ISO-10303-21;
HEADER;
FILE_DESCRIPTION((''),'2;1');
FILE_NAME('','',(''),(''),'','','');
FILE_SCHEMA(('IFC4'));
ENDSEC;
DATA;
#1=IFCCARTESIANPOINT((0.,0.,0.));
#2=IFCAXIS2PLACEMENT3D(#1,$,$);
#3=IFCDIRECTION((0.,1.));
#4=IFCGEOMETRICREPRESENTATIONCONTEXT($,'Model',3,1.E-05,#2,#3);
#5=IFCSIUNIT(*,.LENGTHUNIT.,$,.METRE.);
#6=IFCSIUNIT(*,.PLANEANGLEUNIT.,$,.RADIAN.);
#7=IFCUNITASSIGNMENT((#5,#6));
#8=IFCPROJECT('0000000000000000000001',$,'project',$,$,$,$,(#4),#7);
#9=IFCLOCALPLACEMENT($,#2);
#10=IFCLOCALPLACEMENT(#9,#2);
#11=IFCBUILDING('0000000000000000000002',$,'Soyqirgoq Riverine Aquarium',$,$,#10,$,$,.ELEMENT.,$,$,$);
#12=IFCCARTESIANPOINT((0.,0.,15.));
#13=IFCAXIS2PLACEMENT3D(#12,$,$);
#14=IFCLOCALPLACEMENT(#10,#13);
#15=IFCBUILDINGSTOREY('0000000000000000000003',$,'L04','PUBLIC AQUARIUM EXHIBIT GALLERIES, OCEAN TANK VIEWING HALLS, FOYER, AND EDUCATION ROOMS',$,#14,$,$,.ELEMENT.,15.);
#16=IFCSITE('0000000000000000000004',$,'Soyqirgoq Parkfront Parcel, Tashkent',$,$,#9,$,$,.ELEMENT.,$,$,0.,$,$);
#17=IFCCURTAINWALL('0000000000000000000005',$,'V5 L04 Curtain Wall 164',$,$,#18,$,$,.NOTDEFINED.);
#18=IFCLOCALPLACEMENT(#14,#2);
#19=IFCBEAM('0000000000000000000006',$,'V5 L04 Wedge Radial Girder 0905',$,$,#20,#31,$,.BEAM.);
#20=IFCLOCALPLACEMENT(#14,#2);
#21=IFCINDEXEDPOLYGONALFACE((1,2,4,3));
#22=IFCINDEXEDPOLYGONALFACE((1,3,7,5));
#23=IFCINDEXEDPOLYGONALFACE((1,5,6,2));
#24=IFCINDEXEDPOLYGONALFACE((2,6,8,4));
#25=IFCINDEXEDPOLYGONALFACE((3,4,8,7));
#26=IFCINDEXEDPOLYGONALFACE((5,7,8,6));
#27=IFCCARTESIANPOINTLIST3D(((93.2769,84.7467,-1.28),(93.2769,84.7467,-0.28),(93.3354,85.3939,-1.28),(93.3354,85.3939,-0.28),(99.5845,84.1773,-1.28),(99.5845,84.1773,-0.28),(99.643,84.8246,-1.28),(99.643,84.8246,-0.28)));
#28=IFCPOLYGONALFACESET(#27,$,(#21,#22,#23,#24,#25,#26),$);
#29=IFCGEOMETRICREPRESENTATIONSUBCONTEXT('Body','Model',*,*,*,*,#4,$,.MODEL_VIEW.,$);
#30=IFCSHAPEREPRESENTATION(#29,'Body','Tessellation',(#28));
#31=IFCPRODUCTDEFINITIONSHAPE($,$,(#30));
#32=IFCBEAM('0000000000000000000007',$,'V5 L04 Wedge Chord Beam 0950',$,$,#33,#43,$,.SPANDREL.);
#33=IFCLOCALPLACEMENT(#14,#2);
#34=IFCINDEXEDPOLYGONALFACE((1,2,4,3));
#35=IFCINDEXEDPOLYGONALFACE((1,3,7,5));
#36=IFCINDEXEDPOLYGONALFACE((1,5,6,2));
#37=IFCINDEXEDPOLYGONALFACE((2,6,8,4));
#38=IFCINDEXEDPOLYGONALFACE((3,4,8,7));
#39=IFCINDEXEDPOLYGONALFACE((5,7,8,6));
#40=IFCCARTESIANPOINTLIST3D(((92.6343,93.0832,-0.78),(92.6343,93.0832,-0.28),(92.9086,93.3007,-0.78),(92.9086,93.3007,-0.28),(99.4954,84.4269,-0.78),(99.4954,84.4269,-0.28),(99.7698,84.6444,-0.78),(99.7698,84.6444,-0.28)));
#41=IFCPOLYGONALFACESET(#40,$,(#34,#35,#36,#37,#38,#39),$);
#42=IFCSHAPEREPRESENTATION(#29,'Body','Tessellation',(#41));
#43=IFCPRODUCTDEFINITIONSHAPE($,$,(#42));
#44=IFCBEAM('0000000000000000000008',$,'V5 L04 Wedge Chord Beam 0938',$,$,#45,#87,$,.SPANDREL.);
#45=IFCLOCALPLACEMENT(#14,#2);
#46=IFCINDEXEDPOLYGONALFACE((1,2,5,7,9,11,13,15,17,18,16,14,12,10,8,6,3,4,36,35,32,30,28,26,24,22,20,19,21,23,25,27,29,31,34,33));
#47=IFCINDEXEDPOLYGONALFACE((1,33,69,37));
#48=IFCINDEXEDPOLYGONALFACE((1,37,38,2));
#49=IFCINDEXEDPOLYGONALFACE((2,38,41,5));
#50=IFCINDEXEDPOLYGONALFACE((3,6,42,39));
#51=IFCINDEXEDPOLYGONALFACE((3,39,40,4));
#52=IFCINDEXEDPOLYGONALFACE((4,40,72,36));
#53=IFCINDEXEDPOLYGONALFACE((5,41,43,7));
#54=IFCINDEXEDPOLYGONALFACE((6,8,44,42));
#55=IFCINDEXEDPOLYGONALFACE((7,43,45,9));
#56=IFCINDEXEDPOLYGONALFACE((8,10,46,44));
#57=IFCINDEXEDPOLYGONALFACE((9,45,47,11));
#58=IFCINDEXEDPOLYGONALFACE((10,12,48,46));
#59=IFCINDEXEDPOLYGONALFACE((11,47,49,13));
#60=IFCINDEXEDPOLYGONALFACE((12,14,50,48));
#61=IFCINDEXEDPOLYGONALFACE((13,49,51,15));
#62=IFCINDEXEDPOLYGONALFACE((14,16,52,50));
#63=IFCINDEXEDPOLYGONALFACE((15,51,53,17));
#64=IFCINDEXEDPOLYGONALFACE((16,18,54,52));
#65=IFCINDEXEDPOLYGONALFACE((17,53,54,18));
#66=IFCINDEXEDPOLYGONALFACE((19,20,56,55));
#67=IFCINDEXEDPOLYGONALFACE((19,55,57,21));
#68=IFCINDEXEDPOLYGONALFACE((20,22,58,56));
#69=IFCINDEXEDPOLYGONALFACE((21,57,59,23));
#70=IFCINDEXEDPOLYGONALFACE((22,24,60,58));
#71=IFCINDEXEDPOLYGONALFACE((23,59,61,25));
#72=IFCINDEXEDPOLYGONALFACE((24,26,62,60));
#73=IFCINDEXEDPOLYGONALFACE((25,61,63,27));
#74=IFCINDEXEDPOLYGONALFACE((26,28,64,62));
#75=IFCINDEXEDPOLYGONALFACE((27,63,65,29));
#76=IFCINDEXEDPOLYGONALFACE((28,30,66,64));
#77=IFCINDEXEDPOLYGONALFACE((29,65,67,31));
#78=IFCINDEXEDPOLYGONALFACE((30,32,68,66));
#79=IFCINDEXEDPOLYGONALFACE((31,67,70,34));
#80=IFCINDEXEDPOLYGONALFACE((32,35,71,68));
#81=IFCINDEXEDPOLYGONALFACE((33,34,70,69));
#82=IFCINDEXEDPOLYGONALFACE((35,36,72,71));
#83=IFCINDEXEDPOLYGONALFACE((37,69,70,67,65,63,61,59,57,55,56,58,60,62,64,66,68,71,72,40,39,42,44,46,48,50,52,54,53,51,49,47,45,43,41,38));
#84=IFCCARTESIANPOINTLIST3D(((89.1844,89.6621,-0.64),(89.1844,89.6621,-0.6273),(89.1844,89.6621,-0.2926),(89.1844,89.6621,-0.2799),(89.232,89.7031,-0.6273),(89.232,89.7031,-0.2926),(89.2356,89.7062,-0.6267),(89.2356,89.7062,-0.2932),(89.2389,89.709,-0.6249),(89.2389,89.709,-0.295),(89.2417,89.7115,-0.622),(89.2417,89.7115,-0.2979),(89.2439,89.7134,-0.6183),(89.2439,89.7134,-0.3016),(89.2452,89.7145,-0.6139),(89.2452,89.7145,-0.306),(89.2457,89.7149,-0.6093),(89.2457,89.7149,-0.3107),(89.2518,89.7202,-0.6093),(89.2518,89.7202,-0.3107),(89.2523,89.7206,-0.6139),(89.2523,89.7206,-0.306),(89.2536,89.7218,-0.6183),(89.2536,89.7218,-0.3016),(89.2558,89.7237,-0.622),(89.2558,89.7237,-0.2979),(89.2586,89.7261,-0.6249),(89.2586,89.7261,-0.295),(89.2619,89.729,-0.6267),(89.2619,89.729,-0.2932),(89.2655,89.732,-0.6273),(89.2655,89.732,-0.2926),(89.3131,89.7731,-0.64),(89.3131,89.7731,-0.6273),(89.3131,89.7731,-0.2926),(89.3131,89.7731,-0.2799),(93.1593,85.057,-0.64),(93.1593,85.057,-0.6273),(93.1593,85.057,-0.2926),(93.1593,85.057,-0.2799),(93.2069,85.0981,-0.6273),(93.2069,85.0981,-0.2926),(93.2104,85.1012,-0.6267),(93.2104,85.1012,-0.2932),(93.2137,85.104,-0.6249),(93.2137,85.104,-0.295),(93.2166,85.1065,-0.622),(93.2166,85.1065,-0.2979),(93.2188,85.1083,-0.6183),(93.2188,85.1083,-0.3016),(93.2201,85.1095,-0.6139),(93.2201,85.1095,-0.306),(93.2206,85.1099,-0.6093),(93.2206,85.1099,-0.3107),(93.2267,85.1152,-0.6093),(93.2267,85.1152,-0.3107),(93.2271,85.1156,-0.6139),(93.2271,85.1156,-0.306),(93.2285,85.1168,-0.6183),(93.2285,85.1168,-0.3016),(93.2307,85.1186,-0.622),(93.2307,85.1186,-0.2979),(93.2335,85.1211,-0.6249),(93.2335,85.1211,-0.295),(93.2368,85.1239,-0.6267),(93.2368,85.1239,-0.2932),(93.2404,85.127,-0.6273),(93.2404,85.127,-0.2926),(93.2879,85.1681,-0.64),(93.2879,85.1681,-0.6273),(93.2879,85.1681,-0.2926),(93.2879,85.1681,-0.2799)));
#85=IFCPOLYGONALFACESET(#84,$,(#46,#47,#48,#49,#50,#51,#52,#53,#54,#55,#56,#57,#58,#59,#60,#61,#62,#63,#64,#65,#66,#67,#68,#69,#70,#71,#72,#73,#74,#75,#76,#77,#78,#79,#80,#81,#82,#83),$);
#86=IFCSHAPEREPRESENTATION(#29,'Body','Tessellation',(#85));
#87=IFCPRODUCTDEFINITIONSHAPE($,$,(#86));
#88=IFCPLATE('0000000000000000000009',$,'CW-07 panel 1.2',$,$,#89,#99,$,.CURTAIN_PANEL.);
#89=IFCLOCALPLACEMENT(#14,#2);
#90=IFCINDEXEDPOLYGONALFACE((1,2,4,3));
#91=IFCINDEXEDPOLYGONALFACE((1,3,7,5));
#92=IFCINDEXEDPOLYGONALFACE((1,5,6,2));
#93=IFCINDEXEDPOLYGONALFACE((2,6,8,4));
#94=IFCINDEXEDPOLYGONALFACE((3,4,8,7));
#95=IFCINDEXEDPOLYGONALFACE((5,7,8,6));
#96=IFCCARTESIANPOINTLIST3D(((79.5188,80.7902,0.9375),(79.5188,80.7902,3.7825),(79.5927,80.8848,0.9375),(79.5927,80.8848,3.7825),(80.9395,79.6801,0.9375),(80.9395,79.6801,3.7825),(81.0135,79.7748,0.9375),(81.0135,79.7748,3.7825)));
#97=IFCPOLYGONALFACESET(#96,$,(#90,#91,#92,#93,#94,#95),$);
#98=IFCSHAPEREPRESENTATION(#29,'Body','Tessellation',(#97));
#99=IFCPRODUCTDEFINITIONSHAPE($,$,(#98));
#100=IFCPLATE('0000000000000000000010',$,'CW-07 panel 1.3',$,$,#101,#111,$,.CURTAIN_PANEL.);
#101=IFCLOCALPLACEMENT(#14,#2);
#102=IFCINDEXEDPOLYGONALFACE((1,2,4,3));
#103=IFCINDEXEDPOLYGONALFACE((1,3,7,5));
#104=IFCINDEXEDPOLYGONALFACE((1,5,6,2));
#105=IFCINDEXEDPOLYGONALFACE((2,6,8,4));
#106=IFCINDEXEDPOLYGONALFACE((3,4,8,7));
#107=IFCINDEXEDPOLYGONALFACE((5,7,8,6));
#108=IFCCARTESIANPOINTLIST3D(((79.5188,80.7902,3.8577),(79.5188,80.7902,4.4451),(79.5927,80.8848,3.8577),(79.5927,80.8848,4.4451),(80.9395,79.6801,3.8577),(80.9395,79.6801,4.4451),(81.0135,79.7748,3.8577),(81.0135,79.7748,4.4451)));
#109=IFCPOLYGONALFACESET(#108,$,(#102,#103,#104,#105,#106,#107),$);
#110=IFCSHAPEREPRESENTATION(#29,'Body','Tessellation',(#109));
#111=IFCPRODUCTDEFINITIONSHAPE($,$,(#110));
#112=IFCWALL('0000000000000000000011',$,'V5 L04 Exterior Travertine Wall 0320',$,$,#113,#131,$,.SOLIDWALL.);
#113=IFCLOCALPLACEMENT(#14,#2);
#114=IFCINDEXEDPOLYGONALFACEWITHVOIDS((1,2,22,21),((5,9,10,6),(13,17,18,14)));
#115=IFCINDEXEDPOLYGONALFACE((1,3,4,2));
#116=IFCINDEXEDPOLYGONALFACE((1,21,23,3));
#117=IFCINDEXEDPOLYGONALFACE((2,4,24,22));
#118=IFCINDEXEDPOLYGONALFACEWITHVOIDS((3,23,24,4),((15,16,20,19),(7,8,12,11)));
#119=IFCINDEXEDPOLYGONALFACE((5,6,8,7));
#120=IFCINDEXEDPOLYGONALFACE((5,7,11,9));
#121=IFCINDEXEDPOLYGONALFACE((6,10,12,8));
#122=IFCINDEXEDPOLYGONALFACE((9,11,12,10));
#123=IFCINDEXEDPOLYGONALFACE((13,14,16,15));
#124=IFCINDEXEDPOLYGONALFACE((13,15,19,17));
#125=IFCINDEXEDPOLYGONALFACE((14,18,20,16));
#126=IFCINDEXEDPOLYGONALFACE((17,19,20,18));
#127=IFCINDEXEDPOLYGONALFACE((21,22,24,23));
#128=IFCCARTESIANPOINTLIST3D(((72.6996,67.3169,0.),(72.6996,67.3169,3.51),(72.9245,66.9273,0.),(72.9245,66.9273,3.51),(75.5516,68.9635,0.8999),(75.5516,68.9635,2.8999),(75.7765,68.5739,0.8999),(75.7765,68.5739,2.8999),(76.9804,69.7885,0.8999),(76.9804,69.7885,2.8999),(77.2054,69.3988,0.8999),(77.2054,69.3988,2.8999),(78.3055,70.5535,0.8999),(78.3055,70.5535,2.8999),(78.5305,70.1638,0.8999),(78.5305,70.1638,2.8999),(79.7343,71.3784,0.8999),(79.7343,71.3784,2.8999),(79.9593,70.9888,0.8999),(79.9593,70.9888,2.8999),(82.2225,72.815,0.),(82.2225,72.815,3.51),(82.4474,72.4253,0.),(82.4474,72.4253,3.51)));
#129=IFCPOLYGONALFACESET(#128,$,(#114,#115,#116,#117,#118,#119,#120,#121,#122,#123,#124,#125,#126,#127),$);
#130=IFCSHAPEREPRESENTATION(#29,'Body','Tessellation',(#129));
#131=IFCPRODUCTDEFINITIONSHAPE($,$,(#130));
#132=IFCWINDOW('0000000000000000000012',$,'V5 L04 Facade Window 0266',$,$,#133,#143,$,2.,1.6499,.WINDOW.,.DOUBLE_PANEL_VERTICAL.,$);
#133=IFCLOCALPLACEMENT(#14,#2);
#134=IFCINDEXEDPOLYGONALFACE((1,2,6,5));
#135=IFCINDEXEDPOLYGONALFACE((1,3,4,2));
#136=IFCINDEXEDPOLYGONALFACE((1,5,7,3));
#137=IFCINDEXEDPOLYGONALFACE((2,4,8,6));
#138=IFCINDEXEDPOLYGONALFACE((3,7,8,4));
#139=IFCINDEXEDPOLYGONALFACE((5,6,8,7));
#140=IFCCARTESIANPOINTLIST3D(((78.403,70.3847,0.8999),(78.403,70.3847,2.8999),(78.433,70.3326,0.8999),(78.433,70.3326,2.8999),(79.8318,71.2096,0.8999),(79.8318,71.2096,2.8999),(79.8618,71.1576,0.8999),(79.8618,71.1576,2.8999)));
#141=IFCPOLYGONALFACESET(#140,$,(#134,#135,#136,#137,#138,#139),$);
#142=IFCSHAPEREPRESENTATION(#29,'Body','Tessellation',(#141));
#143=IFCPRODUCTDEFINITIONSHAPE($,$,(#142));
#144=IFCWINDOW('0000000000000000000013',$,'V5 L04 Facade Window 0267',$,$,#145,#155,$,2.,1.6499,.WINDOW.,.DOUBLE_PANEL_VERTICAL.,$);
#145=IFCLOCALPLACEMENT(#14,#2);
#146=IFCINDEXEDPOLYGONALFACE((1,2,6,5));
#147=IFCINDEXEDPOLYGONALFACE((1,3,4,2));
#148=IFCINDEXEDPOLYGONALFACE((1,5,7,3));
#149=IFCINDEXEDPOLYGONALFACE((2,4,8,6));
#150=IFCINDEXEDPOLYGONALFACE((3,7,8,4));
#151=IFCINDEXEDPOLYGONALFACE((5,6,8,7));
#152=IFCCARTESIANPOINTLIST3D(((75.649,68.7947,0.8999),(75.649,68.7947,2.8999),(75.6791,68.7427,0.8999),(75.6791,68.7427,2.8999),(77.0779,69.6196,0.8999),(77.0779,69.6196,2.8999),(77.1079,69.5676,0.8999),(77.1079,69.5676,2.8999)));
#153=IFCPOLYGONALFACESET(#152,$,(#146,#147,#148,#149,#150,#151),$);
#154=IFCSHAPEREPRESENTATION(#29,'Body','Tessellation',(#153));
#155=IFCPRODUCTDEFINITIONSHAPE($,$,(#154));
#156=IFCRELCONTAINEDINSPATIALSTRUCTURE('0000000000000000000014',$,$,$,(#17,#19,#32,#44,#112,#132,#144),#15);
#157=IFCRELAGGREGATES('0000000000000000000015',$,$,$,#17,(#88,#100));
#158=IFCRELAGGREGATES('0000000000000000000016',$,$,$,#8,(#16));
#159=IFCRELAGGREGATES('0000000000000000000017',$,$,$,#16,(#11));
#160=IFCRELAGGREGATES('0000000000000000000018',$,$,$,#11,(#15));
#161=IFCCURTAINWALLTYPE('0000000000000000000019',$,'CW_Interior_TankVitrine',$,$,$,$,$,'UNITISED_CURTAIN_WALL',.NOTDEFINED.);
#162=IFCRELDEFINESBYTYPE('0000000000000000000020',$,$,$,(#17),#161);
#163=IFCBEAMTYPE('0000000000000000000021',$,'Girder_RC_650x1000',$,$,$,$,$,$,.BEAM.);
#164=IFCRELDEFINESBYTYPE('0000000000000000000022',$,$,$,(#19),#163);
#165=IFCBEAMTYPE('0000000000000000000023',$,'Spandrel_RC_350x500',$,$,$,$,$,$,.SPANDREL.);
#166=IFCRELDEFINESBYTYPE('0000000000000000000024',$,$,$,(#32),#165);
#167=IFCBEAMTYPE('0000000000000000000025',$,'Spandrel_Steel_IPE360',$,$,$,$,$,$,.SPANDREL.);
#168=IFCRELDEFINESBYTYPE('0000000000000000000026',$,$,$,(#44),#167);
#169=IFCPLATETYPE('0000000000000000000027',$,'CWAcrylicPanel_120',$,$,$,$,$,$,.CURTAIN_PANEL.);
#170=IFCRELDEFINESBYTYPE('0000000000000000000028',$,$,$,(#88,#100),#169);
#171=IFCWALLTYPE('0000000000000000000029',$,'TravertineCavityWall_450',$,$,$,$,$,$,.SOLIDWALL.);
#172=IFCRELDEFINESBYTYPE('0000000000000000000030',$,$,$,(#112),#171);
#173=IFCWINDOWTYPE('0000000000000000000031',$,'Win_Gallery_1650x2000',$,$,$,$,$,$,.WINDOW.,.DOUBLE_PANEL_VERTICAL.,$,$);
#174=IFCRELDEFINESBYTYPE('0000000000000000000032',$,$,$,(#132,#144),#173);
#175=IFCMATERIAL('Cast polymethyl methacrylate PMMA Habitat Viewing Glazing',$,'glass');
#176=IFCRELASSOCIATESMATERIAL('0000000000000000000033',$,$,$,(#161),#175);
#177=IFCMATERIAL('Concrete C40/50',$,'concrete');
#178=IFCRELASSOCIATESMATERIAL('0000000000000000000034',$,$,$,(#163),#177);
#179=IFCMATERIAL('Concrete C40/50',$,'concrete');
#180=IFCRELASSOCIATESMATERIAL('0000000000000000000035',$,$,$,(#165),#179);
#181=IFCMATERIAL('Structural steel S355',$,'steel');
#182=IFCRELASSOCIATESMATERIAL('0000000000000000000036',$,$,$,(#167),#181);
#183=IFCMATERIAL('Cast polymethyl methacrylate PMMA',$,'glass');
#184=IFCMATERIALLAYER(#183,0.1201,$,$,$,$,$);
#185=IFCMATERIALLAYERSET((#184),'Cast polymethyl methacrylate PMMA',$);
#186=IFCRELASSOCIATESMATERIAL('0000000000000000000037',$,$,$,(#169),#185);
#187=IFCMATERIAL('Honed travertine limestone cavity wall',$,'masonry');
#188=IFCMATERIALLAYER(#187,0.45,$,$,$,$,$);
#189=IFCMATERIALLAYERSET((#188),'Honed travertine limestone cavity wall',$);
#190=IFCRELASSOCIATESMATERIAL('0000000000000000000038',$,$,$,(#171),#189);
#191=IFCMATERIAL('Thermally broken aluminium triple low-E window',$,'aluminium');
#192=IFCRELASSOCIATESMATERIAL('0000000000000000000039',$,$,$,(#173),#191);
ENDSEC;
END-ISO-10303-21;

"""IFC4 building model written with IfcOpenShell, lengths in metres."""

from ifc_helpers import new_model, si_unit, direction, frame, frame_2d, origin, origin_2d, place, context, subcontext, project, spatial, rectangle, i_section, extrude, material, layer, layer_set, material_profile, profile_set, type_object, element, fill, aggregate, save


model = new_model("IFC4")

# Units and contexts
model_context = context("Model", 3, precision=1e-05, world=origin(), true_north=direction((0.0, 1.0)))
body_context = subcontext(model_context, "Body", "Model", "MODEL_VIEW")
ifc_project = project(units=[si_unit("LENGTHUNIT", "METRE"), si_unit("PLANEANGLEUNIT", "RADIAN")], contexts=[model_context])

# Site, building, storey
site_placement = place(None, origin())
site = spatial("IfcSite", under=ifc_project, at=site_placement, Name="Soyqirgoq Parkfront Parcel, Tashkent", CompositionType="ELEMENT", RefElevation=0.0)
building_placement = place(site_placement, origin())
building = spatial("IfcBuilding", under=site, at=building_placement, Name="Soyqirgoq Riverine Aquarium", CompositionType="ELEMENT")
storey_placement = place(building_placement, frame((0.0, 0.0, 15.0)))
storey = spatial("IfcBuildingStorey", under=building, at=storey_placement, Name="L04", Description="PUBLIC AQUARIUM EXHIBIT GALLERIES, OCEAN TANK VIEWING HALLS, FOYER, AND EDUCATION ROOMS", CompositionType="ELEMENT", Elevation=15.0)

# Curtain wall
ifc_material_1 = material(Name="Cast polymethyl methacrylate PMMA Habitat Viewing Glazing", Category="glass")
curtain_wall_type = type_object("IfcCurtainWallType", Name="CW_Interior_TankVitrine", ElementType="UNITISED_CURTAIN_WALL", PredefinedType="NOTDEFINED", material=ifc_material_1)
curtain_wall_placement = place(storey_placement, origin())
curtain_wall = element("IfcCurtainWall", 1, at=curtain_wall_placement, inside=storey, type_object=curtain_wall_type, Name="V5 L04 Curtain Wall 164", PredefinedType="NOTDEFINED")

# Beams
ifc_material_2 = material(Name="Concrete C40/50", Category="concrete")
ifc_material_profile_1 = material_profile(ifc_material_2, rectangle(XDim=0.6499, YDim=1.0, at=origin_2d()), Name="RC 650x1000")
ifc_profile_set_1 = profile_set([ifc_material_profile_1], Name="Concrete C40/50")
beam_type_1 = type_object("IfcBeamType", Name="Girder_RC_650x1000", PredefinedType="BEAM", material=ifc_profile_set_1)
beam_1_placement = place(storey_placement, frame((93.3062, 85.0703, -0.78), z_axis=(0.995951, -0.089896, 0.0), x_axis=(0.089896, 0.995951, 0.0)))
element("IfcBeam", 2, at=beam_1_placement, inside=storey, type_object=beam_type_1, Name="V5 L04 Wedge Radial Girder 0905", PredefinedType="BEAM", context=body_context, shape_type="SweptSolid", body=[
    extrude(rectangle(XDim=0.6499, YDim=1.0, at=origin_2d()), origin(), (0.0, 0.0, 1.0), 6.3333),
])
ifc_material_3 = material(Name="Concrete C40/50", Category="concrete")
ifc_material_profile_2 = material_profile(ifc_material_3, rectangle(XDim=0.3501, YDim=0.5, at=origin_2d()), Name="RC 350x500")
ifc_profile_set_2 = profile_set([ifc_material_profile_2], Name="Concrete C40/50")
beam_type_2 = type_object("IfcBeamType", Name="Spandrel_RC_350x500", PredefinedType="SPANDREL", material=ifc_profile_set_2)
beam_2_placement = place(storey_placement, frame((99.6326, 84.5356, -0.53), z_axis=(-0.62116, 0.783684, 0.0), x_axis=(-0.783684, -0.62116, 0.0)))
element("IfcBeam", 3, at=beam_2_placement, inside=storey, type_object=beam_type_2, Name="V5 L04 Wedge Chord Beam 0950", PredefinedType="SPANDREL", context=body_context, shape_type="SweptSolid", body=[
    extrude(rectangle(XDim=0.3501, YDim=0.5, at=origin_2d()), origin(), (0.0, 0.0, 1.0), 11.0457),
])
ifc_material_4 = material(Name="Structural steel S355", Category="steel")
ifc_material_profile_3 = material_profile(ifc_material_4, i_section(OverallWidth=0.1699, OverallDepth=0.3601, WebThickness=0.0081, FlangeThickness=0.0127, FilletRadius=0.0181, at=origin_2d()), Name="IPE 360")
ifc_profile_set_3 = profile_set([ifc_material_profile_3], Name="Structural steel S355")
beam_type_3 = type_object("IfcBeamType", Name="Spandrel_Steel_IPE360", PredefinedType="SPANDREL", material=ifc_profile_set_3)
beam_3_placement = place(storey_placement, frame((93.2236, 85.1125, -0.46), z_axis=(-0.653415, 0.757, 0.0), x_axis=(-0.757, -0.653415, 0.0)))
element("IfcBeam", 4, at=beam_3_placement, inside=storey, type_object=beam_type_3, Name="V5 L04 Wedge Chord Beam 0938", PredefinedType="SPANDREL", context=body_context, shape_type="SweptSolid", body=[
    extrude(i_section(OverallWidth=0.1699, OverallDepth=0.3601, WebThickness=0.0081, FlangeThickness=0.0127, FilletRadius=0.0181, at=origin_2d()), origin(), (0.0, 0.0, 1.0), 6.0833),
])

# Plates
ifc_material_5 = material(Name="Cast polymethyl methacrylate PMMA", Category="glass")
ifc_layer_1 = layer(ifc_material_5, 0.1201)
ifc_layer_set_1 = layer_set([ifc_layer_1], Name="Cast polymethyl methacrylate PMMA")
plate_type = type_object("IfcPlateType", Name="CWAcrylicPanel_120", PredefinedType="CURTAIN_PANEL", material=ifc_layer_set_1)
plate_1_placement = place(storey_placement, frame((80.2661, 80.2825, 0.9375), z_axis=(0.0, 0.0, 1.0), x_axis=(-0.788016, 0.615655, 0.0)))
plate_1 = element("IfcPlate", 5, at=plate_1_placement, type_object=plate_type, Name="CW-07 panel 1.2", PredefinedType="CURTAIN_PANEL", context=body_context, shape_type="SweptSolid", body=[
    extrude(rectangle(XDim=1.803, YDim=0.1201, at=origin_2d()), origin(), (0.0, 0.0, 1.0), 2.845),
])
plate_2_placement = place(storey_placement, frame((80.2661, 80.2825, 3.8577), z_axis=(0.0, 0.0, 1.0), x_axis=(-0.788016, 0.615655, 0.0)))
plate_2 = element("IfcPlate", 6, at=plate_2_placement, type_object=plate_type, Name="CW-07 panel 1.3", PredefinedType="CURTAIN_PANEL", context=body_context, shape_type="SweptSolid", body=[
    extrude(rectangle(XDim=1.803, YDim=0.1201, at=origin_2d()), origin(), (0.0, 0.0, 1.0), 0.5874),
])
aggregate(curtain_wall, [plate_1, plate_2])

# Wall, openings, windows
ifc_material_6 = material(Name="Honed travertine limestone cavity wall", Category="masonry")
ifc_layer_2 = layer(ifc_material_6, 0.45)
ifc_layer_set_2 = layer_set([ifc_layer_2], Name="Honed travertine limestone cavity wall")
wall_type_1 = type_object("IfcWallType", Name="TravertineCavityWall_450", PredefinedType="SOLIDWALL", material=ifc_layer_set_2)
wall_1_placement = place(storey_placement, frame((82.335, 72.6201, 0.0), z_axis=(0.0, 0.0, 1.0), x_axis=(-0.866027, -0.499998, 0.0)))
wall_1 = element("IfcWall", 7, at=wall_1_placement, inside=storey, type_object=wall_type_1, Name="V5 L04 Exterior Travertine Wall 0320", PredefinedType="SOLIDWALL", context=body_context, shape_type="SweptSolid", body=[
    extrude(rectangle(XDim=10.9961, YDim=0.45, at=frame_2d((5.498, 0.0))), origin(), (0.0, 0.0, 1.0), 3.51),
])
opening_1_placement = place(wall_1_placement, frame((2.873, 0.0, 0.8999)))
opening_1 = element("IfcOpeningElement", 8, at=opening_1_placement, cuts=wall_1, PredefinedType="OPENING", context=body_context, shape_type="SweptSolid", body=[
    extrude(rectangle(XDim=1.6499, YDim=2.0, at=frame_2d((0.825, 1.0))), frame((0.0, 0.2349, 0.0), z_axis=(0.0, -1.0, 0.0), x_axis=(1.0, 0.0, 0.0)), (0.0, 0.0, 1.0), 0.47),
])
opening_2_placement = place(wall_1_placement, frame((6.053, 0.0, 0.8999)))
opening_2 = element("IfcOpeningElement", 9, at=opening_2_placement, cuts=wall_1, PredefinedType="OPENING", context=body_context, shape_type="SweptSolid", body=[
    extrude(rectangle(XDim=1.6499, YDim=2.0, at=frame_2d((0.825, 1.0))), frame((0.0, 0.2349, 0.0), z_axis=(0.0, -1.0, 0.0), x_axis=(1.0, 0.0, 0.0)), (0.0, 0.0, 1.0), 0.47),
])
ifc_material_7 = material(Name="Thermally broken aluminium triple low-E window", Category="aluminium")
window_type_1 = type_object("IfcWindowType", Name="Win_Gallery_1650x2000", PartitioningType="DOUBLE_PANEL_VERTICAL", PredefinedType="WINDOW", material=ifc_material_7)
window_1_placement = place(opening_1_placement, origin())
window_1 = element("IfcWindow", 10, at=window_1_placement, inside=storey, type_object=window_type_1, Name="V5 L04 Facade Window 0266", OverallHeight=2.0, OverallWidth=1.6499, PartitioningType="DOUBLE_PANEL_VERTICAL", PredefinedType="WINDOW", context=body_context, shape_type="SweptSolid", body=[
    extrude(rectangle(XDim=1.6499, YDim=2.0, at=frame_2d((0.825, 1.0))), frame((0.0, 0.03, 0.0), z_axis=(0.0, -1.0, 0.0), x_axis=(1.0, 0.0, 0.0)), (0.0, 0.0, 1.0), 0.0601),
])
fill(opening_1, window_1)
window_2_placement = place(opening_2_placement, origin())
window_2 = element("IfcWindow", 11, at=window_2_placement, inside=storey, type_object=window_type_1, Name="V5 L04 Facade Window 0267", OverallHeight=2.0, OverallWidth=1.6499, PartitioningType="DOUBLE_PANEL_VERTICAL", PredefinedType="WINDOW", context=body_context, shape_type="SweptSolid", body=[
    extrude(rectangle(XDim=1.6499, YDim=2.0, at=frame_2d((0.825, 1.0))), frame((0.0, 0.03, 0.0), z_axis=(0.0, -1.0, 0.0), x_axis=(1.0, 0.0, 0.0)), (0.0, 0.0, 1.0), 0.0601),
])
fill(opening_2, window_2)

save(model, "model.ifc")
